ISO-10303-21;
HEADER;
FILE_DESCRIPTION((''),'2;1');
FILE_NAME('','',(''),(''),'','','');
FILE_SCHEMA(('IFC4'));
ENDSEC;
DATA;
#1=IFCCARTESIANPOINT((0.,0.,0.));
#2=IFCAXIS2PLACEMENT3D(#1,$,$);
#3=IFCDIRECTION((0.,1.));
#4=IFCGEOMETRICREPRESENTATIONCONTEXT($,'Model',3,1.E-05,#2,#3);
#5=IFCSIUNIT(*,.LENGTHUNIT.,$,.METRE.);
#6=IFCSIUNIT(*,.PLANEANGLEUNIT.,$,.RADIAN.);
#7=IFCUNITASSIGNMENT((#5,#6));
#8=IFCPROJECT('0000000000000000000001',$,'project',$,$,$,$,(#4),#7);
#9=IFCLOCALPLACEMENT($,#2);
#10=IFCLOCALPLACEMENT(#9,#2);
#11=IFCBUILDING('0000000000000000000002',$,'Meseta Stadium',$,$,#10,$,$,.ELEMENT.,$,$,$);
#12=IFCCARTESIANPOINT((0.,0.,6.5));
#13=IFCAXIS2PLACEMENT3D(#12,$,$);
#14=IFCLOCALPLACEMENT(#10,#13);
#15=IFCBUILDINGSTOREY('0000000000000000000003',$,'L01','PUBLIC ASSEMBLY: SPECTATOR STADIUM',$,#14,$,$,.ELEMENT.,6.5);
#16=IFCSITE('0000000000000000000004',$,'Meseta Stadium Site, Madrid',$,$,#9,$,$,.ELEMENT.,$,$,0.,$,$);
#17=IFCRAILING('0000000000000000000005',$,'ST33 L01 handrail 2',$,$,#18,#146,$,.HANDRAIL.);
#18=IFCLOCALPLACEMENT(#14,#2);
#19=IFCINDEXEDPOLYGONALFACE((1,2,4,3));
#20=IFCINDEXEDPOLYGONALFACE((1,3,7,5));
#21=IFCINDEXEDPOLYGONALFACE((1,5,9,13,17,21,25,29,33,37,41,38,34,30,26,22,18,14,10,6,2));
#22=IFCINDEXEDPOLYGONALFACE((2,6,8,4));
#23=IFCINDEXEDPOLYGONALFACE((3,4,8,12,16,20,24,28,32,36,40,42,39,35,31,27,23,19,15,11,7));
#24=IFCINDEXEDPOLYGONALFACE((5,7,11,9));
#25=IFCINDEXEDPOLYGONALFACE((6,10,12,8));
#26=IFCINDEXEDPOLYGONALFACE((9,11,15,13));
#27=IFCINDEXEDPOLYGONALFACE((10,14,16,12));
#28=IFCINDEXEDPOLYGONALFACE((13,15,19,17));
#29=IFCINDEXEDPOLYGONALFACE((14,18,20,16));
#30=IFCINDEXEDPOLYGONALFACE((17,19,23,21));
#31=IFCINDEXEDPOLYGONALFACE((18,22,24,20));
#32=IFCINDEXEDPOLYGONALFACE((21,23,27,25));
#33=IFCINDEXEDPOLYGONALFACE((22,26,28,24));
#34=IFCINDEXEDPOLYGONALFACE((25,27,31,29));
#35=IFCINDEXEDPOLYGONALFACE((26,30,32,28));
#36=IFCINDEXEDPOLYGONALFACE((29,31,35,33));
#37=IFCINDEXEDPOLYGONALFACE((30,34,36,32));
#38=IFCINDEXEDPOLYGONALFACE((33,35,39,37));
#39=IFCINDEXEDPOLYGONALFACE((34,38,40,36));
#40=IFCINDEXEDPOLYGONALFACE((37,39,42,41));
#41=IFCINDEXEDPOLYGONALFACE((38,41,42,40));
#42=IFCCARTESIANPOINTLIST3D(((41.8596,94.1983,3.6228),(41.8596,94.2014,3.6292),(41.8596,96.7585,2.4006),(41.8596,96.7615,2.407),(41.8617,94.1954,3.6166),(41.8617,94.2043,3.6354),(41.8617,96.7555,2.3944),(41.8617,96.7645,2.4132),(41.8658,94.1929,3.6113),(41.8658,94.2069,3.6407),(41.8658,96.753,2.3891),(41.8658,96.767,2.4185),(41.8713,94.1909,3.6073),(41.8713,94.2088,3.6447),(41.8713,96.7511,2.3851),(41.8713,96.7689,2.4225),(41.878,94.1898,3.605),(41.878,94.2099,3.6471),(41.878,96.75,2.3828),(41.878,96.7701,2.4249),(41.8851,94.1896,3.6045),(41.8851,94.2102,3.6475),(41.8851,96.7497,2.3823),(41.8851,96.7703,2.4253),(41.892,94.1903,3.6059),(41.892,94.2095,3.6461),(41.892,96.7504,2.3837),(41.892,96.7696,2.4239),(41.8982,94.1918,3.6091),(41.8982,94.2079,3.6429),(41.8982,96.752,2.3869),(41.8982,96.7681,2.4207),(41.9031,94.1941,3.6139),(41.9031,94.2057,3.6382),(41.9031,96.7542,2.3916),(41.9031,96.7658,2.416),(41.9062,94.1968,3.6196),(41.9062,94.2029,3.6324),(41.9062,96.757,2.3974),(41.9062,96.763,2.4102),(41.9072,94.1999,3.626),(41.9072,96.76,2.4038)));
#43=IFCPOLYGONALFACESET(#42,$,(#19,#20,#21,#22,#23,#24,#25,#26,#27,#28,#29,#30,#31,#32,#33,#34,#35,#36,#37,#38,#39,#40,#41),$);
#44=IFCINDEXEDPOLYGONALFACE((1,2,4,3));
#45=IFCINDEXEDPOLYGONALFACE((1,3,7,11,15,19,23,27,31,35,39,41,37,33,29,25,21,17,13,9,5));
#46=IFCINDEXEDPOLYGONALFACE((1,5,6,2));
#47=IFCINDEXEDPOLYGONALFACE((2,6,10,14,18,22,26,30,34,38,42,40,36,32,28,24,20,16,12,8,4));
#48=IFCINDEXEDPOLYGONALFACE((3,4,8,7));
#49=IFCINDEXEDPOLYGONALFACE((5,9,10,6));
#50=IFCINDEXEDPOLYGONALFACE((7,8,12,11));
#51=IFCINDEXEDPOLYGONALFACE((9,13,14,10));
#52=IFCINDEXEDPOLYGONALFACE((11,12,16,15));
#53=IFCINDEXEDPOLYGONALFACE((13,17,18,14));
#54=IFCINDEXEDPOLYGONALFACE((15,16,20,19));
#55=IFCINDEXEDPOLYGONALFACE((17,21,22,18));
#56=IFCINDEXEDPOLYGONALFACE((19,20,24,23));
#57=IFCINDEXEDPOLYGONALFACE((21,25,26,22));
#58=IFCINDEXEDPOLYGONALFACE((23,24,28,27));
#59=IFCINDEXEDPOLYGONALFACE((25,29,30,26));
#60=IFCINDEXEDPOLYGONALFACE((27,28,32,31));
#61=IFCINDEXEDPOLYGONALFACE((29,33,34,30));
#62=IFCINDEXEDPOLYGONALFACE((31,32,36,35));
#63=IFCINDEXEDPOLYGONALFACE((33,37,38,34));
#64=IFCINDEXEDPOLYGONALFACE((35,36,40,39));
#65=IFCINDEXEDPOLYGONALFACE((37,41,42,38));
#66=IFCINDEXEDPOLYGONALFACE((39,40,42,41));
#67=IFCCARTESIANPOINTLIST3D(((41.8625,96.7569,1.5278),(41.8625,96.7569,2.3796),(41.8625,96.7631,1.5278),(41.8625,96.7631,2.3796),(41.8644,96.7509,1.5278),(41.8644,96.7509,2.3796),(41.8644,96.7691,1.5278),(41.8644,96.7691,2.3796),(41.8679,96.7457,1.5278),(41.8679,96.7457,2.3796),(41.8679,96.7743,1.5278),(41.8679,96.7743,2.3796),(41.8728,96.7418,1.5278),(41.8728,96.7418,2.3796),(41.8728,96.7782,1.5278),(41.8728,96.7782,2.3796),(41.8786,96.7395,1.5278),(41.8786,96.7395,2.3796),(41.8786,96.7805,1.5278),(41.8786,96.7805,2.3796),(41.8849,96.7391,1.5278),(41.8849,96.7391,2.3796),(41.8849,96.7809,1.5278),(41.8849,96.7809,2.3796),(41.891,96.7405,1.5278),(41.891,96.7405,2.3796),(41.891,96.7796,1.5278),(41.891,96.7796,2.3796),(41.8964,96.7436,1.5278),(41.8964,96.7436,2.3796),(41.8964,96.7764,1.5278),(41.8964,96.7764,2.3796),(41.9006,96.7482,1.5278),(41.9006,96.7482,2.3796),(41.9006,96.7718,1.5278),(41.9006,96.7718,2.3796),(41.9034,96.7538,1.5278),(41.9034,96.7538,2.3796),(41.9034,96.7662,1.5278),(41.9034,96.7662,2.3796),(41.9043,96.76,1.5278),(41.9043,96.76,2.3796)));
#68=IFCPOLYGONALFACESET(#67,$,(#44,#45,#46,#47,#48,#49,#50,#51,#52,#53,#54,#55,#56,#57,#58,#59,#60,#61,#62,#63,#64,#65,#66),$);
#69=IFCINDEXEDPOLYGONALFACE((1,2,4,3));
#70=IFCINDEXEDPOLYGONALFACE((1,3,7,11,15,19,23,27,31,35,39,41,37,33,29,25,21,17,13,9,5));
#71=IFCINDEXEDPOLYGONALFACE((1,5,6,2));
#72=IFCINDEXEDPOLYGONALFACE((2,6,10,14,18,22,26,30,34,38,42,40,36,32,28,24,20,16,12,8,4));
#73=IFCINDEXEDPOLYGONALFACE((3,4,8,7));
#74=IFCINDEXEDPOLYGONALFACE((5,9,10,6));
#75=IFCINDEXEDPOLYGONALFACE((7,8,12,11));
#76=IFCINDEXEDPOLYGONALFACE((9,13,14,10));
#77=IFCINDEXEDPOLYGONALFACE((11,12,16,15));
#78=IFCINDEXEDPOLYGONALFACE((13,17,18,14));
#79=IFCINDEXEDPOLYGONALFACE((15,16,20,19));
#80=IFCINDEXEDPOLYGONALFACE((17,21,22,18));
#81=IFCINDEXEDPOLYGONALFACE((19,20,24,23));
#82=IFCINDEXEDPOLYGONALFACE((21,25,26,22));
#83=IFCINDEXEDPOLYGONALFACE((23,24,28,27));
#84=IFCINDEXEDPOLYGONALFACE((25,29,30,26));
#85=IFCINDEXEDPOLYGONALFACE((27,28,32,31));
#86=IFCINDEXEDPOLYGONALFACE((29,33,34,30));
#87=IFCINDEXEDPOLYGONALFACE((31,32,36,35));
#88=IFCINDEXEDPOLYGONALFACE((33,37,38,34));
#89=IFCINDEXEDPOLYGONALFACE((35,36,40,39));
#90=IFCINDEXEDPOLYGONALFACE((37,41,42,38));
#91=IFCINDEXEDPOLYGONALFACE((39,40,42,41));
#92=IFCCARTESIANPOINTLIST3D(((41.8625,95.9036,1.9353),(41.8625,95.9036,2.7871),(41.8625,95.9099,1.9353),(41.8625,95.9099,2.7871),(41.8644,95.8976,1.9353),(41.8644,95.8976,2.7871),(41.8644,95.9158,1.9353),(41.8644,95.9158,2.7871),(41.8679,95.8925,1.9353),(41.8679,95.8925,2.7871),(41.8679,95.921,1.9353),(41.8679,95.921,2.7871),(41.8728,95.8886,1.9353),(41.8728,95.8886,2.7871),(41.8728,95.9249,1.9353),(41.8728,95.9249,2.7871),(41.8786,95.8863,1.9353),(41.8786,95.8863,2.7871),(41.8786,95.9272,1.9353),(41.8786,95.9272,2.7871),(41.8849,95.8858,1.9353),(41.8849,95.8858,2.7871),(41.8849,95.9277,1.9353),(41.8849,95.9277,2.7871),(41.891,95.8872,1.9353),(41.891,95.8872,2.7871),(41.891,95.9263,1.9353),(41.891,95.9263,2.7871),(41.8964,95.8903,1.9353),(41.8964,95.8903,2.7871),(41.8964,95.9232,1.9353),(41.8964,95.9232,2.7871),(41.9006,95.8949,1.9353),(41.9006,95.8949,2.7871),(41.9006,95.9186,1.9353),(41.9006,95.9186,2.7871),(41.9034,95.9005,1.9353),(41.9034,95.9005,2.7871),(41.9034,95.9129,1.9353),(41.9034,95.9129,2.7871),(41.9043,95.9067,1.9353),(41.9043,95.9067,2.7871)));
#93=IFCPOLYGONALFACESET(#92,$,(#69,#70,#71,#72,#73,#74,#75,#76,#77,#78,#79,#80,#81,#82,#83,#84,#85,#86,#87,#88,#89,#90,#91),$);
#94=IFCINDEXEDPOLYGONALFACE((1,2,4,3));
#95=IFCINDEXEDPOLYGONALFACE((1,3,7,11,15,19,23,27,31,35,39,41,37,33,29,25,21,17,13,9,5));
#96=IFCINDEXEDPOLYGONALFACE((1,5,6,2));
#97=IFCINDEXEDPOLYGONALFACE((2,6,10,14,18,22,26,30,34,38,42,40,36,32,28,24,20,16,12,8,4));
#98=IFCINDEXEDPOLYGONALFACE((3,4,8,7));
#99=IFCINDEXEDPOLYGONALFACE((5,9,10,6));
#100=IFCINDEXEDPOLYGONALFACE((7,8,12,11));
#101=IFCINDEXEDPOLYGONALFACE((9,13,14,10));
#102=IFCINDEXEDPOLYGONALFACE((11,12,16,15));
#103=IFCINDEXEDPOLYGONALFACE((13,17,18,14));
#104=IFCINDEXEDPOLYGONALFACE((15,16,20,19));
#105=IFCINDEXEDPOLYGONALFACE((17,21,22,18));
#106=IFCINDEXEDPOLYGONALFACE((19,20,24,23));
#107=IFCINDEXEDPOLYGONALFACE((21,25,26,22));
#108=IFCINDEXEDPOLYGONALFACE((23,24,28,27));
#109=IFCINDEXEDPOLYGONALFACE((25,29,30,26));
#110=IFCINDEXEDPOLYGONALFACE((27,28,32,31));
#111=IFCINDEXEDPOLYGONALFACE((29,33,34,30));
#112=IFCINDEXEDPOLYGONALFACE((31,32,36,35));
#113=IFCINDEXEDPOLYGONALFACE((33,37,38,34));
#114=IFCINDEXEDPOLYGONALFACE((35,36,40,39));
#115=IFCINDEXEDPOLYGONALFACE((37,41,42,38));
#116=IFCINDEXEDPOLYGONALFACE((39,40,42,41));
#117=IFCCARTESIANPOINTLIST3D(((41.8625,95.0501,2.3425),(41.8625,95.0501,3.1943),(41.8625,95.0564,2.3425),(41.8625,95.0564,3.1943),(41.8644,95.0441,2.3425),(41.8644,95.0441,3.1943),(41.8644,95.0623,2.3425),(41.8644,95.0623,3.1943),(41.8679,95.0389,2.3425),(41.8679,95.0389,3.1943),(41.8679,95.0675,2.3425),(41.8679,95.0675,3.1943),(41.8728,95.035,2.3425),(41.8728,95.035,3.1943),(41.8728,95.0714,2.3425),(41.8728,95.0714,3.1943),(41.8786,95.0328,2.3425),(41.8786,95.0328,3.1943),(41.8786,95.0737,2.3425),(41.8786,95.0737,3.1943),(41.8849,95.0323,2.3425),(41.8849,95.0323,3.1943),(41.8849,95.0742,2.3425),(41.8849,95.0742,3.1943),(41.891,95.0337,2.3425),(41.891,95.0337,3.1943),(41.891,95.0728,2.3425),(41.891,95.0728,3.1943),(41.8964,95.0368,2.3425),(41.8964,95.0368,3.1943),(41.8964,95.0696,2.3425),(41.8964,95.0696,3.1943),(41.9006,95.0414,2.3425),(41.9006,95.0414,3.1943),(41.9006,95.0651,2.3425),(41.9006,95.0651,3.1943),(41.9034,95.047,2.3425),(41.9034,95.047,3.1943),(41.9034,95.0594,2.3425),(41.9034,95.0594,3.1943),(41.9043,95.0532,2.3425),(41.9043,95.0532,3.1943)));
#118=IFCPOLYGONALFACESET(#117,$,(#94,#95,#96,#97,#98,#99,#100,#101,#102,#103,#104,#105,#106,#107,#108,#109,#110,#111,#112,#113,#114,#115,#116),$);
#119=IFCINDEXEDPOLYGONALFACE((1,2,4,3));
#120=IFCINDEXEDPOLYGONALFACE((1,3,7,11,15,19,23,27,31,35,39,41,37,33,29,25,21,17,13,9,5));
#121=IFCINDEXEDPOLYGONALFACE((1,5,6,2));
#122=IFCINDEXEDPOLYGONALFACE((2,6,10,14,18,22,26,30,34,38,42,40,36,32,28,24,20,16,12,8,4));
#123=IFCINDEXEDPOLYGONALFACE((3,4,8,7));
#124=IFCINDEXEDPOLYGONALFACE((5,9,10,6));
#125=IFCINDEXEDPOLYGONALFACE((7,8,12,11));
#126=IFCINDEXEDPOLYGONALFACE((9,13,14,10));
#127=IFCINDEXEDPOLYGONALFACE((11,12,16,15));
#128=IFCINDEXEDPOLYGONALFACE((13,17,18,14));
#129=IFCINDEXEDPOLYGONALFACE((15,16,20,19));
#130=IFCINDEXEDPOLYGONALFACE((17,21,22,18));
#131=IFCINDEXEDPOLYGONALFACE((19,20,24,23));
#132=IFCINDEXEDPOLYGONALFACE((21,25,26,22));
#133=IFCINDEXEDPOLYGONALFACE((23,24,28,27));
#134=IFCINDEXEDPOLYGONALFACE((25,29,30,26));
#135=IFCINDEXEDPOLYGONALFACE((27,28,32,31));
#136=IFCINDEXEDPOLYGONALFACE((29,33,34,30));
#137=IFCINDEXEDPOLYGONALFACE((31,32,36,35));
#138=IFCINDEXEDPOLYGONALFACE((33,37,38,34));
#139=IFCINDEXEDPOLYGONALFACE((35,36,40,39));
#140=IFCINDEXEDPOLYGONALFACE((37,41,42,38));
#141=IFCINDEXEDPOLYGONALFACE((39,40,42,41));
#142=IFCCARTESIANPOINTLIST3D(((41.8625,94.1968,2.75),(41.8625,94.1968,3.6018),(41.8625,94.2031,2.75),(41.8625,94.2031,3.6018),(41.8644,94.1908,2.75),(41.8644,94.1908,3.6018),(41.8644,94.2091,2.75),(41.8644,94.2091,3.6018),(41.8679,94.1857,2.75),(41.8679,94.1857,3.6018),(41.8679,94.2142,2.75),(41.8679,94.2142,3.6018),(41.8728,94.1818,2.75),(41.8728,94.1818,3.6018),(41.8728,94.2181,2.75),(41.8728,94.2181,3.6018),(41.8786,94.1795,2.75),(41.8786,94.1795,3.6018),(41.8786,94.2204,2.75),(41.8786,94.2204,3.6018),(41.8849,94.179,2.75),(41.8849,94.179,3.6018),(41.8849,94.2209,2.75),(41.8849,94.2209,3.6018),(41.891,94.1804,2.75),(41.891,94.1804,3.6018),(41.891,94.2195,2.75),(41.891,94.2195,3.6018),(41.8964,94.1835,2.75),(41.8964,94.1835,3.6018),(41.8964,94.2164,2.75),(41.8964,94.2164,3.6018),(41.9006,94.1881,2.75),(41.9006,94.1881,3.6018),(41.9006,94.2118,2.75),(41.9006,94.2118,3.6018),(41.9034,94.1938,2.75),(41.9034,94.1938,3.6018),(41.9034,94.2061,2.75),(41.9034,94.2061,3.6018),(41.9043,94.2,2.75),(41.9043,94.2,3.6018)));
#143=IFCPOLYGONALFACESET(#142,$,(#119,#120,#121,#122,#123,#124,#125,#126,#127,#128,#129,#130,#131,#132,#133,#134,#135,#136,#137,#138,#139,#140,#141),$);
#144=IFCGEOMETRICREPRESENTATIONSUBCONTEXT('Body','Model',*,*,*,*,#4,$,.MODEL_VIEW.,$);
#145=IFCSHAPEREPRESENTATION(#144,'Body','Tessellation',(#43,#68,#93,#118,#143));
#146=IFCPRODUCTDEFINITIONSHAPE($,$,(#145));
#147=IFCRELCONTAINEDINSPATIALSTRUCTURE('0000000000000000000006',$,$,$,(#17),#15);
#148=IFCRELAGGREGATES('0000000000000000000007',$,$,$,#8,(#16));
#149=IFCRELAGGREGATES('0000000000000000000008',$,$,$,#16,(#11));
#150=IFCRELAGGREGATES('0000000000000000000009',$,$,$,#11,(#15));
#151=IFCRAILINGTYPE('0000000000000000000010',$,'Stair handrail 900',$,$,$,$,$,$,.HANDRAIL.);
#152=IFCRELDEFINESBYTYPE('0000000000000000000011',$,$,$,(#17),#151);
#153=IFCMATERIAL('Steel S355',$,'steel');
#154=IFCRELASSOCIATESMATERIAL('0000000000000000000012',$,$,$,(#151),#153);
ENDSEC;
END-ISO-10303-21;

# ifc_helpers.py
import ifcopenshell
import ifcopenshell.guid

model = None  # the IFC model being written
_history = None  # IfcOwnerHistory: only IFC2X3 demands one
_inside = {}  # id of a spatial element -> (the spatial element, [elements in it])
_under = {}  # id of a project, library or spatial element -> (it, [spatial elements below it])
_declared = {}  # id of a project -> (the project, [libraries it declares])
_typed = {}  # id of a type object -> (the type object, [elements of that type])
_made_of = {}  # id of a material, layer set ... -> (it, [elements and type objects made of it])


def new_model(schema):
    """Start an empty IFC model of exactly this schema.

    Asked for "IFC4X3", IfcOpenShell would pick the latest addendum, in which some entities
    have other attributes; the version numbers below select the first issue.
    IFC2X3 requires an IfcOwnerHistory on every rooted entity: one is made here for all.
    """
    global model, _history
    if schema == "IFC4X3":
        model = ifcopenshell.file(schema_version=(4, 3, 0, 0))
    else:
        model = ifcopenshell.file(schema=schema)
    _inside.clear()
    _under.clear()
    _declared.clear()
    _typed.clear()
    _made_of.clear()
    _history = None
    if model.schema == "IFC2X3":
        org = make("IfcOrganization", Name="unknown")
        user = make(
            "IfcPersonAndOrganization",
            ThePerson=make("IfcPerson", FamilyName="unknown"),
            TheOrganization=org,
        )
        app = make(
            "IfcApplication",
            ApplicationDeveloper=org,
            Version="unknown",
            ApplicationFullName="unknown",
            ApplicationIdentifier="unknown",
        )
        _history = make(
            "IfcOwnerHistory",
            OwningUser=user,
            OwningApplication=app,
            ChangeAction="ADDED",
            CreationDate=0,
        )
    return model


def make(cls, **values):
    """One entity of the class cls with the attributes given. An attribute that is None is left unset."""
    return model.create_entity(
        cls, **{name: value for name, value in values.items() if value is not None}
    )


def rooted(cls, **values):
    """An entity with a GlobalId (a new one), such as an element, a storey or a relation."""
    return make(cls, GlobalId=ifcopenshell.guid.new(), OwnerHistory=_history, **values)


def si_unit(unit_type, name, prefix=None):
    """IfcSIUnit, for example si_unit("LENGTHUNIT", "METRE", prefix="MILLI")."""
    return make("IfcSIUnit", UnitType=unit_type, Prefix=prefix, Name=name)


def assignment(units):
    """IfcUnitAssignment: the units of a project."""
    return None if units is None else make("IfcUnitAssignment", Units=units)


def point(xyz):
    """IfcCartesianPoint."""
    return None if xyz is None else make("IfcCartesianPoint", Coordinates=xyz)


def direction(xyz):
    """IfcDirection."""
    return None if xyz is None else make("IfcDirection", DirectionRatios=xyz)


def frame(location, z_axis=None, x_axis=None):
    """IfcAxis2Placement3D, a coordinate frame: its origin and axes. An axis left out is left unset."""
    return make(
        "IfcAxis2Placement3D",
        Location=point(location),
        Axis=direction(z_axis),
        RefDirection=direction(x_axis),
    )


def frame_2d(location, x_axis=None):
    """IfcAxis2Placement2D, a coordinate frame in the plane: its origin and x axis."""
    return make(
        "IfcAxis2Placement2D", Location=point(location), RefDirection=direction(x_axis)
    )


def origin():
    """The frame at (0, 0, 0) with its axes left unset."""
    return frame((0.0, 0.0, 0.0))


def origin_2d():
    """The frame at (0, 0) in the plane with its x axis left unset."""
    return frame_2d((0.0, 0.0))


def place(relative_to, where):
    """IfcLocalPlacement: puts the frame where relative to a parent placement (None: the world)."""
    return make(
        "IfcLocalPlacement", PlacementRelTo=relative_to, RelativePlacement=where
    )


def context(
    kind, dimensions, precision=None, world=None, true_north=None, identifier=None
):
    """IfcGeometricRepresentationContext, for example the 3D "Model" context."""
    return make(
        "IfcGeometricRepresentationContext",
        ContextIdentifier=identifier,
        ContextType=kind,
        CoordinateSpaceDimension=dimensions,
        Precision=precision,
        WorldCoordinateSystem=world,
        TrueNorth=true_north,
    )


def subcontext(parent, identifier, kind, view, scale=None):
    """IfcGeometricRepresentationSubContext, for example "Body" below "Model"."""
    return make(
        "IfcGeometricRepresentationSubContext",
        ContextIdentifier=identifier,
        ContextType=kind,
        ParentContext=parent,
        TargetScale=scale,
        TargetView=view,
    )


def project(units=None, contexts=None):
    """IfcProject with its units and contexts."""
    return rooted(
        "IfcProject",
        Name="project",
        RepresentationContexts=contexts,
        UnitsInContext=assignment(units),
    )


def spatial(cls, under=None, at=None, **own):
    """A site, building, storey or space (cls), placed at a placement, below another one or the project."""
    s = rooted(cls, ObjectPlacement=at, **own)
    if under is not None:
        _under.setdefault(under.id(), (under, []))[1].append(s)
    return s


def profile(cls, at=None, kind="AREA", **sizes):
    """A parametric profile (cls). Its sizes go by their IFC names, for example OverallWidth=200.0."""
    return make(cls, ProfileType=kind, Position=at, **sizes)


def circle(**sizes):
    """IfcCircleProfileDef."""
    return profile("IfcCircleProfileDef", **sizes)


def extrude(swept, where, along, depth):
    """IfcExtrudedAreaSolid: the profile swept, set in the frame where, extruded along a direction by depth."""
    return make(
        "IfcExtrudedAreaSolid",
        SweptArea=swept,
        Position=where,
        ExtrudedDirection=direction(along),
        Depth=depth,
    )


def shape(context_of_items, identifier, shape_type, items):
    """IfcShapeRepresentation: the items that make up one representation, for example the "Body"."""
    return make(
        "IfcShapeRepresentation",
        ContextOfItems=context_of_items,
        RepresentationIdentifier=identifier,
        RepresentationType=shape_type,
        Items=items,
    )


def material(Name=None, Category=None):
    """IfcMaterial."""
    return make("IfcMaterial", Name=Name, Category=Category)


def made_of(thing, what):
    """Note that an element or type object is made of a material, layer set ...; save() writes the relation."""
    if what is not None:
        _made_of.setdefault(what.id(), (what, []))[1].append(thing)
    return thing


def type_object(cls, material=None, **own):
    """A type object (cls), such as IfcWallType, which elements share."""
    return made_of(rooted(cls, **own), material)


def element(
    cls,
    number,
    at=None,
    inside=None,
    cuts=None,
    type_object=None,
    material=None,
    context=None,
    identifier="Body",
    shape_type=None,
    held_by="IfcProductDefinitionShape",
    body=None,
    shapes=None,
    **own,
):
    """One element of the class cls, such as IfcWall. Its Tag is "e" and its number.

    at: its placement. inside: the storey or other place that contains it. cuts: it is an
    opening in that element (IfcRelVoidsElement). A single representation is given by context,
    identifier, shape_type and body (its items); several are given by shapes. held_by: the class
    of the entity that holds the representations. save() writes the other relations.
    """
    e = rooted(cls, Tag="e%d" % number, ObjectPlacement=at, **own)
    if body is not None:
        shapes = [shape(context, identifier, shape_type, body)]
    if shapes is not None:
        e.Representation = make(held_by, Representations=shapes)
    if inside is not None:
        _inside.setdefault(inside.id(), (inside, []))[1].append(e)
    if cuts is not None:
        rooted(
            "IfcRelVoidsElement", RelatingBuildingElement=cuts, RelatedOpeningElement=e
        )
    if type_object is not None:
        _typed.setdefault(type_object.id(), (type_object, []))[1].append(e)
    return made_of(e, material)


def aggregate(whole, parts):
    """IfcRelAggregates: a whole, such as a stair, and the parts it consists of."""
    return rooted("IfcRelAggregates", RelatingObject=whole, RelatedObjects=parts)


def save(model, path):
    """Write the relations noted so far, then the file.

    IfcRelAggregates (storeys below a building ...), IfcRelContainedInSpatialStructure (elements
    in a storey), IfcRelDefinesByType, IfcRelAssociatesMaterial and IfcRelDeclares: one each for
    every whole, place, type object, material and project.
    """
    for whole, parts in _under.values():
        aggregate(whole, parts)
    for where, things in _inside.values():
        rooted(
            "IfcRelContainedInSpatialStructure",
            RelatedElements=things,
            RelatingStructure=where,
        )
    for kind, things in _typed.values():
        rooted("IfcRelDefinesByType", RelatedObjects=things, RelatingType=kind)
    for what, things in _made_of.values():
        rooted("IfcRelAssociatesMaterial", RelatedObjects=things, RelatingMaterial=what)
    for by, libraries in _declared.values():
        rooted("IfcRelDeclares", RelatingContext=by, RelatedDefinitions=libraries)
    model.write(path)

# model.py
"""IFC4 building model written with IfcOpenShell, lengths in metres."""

from ifc_helpers import new_model, si_unit, direction, frame, origin, origin_2d, place, context, subcontext, project, spatial, circle, extrude, material, type_object, element, save


model = new_model("IFC4")

# Units and contexts
model_context = context("Model", 3, precision=1e-05, world=origin(), true_north=direction((0.0, 1.0)))
body_context = subcontext(model_context, "Body", "Model", "MODEL_VIEW")
ifc_project = project(units=[si_unit("LENGTHUNIT", "METRE"), si_unit("PLANEANGLEUNIT", "RADIAN")], contexts=[model_context])

# Site, building, storey
site_placement = place(None, origin())
site = spatial("IfcSite", under=ifc_project, at=site_placement, Name="Meseta Stadium Site, Madrid", CompositionType="ELEMENT", RefElevation=0.0)
building_placement = place(site_placement, origin())
building = spatial("IfcBuilding", under=site, at=building_placement, Name="Meseta Stadium", CompositionType="ELEMENT")
storey_placement = place(building_placement, frame((0.0, 0.0, 6.5)))
storey = spatial("IfcBuildingStorey", under=building, at=storey_placement, Name="L01", Description="PUBLIC ASSEMBLY: SPECTATOR STADIUM", CompositionType="ELEMENT", Elevation=6.5)

# Railing
ifc_material_1 = material(Name="Steel S355", Category="steel")
railing_type_1 = type_object("IfcRailingType", Name="Stair handrail 900", PredefinedType="HANDRAIL", material=ifc_material_1)
railing_1_placement = place(storey_placement, frame((41.8833, 96.76, 1.5278)))
element("IfcRailing", 1, at=railing_1_placement, inside=storey, type_object=railing_type_1, Name="ST33 L01 handrail 2", PredefinedType="HANDRAIL", context=body_context, shape_type="SweptSolid", body=[
    extrude(circle(Radius=0.0239, at=origin_2d()), frame((0.0, 0.0, 0.876), z_axis=(0.0, -0.902437, 0.430822), x_axis=(1.0, 0.0, 0.0)), (0.0, 0.0, 1.0), 2.8369),
    extrude(circle(Radius=0.021, at=origin_2d()), origin(), (0.0, 0.0, 1.0), 0.8518),
    extrude(circle(Radius=0.021, at=origin_2d()), frame((0.0, -0.8533, 0.4075)), (0.0, 0.0, 1.0), 0.8518),
    extrude(circle(Radius=0.021, at=origin_2d()), frame((0.0, -1.7068, 0.8147)), (0.0, 0.0, 1.0), 0.8518),
    extrude(circle(Radius=0.021, at=origin_2d()), frame((0.0, -2.5601, 1.2222)), (0.0, 0.0, 1.0), 0.8518),
])

save(model, "model.ifc")
